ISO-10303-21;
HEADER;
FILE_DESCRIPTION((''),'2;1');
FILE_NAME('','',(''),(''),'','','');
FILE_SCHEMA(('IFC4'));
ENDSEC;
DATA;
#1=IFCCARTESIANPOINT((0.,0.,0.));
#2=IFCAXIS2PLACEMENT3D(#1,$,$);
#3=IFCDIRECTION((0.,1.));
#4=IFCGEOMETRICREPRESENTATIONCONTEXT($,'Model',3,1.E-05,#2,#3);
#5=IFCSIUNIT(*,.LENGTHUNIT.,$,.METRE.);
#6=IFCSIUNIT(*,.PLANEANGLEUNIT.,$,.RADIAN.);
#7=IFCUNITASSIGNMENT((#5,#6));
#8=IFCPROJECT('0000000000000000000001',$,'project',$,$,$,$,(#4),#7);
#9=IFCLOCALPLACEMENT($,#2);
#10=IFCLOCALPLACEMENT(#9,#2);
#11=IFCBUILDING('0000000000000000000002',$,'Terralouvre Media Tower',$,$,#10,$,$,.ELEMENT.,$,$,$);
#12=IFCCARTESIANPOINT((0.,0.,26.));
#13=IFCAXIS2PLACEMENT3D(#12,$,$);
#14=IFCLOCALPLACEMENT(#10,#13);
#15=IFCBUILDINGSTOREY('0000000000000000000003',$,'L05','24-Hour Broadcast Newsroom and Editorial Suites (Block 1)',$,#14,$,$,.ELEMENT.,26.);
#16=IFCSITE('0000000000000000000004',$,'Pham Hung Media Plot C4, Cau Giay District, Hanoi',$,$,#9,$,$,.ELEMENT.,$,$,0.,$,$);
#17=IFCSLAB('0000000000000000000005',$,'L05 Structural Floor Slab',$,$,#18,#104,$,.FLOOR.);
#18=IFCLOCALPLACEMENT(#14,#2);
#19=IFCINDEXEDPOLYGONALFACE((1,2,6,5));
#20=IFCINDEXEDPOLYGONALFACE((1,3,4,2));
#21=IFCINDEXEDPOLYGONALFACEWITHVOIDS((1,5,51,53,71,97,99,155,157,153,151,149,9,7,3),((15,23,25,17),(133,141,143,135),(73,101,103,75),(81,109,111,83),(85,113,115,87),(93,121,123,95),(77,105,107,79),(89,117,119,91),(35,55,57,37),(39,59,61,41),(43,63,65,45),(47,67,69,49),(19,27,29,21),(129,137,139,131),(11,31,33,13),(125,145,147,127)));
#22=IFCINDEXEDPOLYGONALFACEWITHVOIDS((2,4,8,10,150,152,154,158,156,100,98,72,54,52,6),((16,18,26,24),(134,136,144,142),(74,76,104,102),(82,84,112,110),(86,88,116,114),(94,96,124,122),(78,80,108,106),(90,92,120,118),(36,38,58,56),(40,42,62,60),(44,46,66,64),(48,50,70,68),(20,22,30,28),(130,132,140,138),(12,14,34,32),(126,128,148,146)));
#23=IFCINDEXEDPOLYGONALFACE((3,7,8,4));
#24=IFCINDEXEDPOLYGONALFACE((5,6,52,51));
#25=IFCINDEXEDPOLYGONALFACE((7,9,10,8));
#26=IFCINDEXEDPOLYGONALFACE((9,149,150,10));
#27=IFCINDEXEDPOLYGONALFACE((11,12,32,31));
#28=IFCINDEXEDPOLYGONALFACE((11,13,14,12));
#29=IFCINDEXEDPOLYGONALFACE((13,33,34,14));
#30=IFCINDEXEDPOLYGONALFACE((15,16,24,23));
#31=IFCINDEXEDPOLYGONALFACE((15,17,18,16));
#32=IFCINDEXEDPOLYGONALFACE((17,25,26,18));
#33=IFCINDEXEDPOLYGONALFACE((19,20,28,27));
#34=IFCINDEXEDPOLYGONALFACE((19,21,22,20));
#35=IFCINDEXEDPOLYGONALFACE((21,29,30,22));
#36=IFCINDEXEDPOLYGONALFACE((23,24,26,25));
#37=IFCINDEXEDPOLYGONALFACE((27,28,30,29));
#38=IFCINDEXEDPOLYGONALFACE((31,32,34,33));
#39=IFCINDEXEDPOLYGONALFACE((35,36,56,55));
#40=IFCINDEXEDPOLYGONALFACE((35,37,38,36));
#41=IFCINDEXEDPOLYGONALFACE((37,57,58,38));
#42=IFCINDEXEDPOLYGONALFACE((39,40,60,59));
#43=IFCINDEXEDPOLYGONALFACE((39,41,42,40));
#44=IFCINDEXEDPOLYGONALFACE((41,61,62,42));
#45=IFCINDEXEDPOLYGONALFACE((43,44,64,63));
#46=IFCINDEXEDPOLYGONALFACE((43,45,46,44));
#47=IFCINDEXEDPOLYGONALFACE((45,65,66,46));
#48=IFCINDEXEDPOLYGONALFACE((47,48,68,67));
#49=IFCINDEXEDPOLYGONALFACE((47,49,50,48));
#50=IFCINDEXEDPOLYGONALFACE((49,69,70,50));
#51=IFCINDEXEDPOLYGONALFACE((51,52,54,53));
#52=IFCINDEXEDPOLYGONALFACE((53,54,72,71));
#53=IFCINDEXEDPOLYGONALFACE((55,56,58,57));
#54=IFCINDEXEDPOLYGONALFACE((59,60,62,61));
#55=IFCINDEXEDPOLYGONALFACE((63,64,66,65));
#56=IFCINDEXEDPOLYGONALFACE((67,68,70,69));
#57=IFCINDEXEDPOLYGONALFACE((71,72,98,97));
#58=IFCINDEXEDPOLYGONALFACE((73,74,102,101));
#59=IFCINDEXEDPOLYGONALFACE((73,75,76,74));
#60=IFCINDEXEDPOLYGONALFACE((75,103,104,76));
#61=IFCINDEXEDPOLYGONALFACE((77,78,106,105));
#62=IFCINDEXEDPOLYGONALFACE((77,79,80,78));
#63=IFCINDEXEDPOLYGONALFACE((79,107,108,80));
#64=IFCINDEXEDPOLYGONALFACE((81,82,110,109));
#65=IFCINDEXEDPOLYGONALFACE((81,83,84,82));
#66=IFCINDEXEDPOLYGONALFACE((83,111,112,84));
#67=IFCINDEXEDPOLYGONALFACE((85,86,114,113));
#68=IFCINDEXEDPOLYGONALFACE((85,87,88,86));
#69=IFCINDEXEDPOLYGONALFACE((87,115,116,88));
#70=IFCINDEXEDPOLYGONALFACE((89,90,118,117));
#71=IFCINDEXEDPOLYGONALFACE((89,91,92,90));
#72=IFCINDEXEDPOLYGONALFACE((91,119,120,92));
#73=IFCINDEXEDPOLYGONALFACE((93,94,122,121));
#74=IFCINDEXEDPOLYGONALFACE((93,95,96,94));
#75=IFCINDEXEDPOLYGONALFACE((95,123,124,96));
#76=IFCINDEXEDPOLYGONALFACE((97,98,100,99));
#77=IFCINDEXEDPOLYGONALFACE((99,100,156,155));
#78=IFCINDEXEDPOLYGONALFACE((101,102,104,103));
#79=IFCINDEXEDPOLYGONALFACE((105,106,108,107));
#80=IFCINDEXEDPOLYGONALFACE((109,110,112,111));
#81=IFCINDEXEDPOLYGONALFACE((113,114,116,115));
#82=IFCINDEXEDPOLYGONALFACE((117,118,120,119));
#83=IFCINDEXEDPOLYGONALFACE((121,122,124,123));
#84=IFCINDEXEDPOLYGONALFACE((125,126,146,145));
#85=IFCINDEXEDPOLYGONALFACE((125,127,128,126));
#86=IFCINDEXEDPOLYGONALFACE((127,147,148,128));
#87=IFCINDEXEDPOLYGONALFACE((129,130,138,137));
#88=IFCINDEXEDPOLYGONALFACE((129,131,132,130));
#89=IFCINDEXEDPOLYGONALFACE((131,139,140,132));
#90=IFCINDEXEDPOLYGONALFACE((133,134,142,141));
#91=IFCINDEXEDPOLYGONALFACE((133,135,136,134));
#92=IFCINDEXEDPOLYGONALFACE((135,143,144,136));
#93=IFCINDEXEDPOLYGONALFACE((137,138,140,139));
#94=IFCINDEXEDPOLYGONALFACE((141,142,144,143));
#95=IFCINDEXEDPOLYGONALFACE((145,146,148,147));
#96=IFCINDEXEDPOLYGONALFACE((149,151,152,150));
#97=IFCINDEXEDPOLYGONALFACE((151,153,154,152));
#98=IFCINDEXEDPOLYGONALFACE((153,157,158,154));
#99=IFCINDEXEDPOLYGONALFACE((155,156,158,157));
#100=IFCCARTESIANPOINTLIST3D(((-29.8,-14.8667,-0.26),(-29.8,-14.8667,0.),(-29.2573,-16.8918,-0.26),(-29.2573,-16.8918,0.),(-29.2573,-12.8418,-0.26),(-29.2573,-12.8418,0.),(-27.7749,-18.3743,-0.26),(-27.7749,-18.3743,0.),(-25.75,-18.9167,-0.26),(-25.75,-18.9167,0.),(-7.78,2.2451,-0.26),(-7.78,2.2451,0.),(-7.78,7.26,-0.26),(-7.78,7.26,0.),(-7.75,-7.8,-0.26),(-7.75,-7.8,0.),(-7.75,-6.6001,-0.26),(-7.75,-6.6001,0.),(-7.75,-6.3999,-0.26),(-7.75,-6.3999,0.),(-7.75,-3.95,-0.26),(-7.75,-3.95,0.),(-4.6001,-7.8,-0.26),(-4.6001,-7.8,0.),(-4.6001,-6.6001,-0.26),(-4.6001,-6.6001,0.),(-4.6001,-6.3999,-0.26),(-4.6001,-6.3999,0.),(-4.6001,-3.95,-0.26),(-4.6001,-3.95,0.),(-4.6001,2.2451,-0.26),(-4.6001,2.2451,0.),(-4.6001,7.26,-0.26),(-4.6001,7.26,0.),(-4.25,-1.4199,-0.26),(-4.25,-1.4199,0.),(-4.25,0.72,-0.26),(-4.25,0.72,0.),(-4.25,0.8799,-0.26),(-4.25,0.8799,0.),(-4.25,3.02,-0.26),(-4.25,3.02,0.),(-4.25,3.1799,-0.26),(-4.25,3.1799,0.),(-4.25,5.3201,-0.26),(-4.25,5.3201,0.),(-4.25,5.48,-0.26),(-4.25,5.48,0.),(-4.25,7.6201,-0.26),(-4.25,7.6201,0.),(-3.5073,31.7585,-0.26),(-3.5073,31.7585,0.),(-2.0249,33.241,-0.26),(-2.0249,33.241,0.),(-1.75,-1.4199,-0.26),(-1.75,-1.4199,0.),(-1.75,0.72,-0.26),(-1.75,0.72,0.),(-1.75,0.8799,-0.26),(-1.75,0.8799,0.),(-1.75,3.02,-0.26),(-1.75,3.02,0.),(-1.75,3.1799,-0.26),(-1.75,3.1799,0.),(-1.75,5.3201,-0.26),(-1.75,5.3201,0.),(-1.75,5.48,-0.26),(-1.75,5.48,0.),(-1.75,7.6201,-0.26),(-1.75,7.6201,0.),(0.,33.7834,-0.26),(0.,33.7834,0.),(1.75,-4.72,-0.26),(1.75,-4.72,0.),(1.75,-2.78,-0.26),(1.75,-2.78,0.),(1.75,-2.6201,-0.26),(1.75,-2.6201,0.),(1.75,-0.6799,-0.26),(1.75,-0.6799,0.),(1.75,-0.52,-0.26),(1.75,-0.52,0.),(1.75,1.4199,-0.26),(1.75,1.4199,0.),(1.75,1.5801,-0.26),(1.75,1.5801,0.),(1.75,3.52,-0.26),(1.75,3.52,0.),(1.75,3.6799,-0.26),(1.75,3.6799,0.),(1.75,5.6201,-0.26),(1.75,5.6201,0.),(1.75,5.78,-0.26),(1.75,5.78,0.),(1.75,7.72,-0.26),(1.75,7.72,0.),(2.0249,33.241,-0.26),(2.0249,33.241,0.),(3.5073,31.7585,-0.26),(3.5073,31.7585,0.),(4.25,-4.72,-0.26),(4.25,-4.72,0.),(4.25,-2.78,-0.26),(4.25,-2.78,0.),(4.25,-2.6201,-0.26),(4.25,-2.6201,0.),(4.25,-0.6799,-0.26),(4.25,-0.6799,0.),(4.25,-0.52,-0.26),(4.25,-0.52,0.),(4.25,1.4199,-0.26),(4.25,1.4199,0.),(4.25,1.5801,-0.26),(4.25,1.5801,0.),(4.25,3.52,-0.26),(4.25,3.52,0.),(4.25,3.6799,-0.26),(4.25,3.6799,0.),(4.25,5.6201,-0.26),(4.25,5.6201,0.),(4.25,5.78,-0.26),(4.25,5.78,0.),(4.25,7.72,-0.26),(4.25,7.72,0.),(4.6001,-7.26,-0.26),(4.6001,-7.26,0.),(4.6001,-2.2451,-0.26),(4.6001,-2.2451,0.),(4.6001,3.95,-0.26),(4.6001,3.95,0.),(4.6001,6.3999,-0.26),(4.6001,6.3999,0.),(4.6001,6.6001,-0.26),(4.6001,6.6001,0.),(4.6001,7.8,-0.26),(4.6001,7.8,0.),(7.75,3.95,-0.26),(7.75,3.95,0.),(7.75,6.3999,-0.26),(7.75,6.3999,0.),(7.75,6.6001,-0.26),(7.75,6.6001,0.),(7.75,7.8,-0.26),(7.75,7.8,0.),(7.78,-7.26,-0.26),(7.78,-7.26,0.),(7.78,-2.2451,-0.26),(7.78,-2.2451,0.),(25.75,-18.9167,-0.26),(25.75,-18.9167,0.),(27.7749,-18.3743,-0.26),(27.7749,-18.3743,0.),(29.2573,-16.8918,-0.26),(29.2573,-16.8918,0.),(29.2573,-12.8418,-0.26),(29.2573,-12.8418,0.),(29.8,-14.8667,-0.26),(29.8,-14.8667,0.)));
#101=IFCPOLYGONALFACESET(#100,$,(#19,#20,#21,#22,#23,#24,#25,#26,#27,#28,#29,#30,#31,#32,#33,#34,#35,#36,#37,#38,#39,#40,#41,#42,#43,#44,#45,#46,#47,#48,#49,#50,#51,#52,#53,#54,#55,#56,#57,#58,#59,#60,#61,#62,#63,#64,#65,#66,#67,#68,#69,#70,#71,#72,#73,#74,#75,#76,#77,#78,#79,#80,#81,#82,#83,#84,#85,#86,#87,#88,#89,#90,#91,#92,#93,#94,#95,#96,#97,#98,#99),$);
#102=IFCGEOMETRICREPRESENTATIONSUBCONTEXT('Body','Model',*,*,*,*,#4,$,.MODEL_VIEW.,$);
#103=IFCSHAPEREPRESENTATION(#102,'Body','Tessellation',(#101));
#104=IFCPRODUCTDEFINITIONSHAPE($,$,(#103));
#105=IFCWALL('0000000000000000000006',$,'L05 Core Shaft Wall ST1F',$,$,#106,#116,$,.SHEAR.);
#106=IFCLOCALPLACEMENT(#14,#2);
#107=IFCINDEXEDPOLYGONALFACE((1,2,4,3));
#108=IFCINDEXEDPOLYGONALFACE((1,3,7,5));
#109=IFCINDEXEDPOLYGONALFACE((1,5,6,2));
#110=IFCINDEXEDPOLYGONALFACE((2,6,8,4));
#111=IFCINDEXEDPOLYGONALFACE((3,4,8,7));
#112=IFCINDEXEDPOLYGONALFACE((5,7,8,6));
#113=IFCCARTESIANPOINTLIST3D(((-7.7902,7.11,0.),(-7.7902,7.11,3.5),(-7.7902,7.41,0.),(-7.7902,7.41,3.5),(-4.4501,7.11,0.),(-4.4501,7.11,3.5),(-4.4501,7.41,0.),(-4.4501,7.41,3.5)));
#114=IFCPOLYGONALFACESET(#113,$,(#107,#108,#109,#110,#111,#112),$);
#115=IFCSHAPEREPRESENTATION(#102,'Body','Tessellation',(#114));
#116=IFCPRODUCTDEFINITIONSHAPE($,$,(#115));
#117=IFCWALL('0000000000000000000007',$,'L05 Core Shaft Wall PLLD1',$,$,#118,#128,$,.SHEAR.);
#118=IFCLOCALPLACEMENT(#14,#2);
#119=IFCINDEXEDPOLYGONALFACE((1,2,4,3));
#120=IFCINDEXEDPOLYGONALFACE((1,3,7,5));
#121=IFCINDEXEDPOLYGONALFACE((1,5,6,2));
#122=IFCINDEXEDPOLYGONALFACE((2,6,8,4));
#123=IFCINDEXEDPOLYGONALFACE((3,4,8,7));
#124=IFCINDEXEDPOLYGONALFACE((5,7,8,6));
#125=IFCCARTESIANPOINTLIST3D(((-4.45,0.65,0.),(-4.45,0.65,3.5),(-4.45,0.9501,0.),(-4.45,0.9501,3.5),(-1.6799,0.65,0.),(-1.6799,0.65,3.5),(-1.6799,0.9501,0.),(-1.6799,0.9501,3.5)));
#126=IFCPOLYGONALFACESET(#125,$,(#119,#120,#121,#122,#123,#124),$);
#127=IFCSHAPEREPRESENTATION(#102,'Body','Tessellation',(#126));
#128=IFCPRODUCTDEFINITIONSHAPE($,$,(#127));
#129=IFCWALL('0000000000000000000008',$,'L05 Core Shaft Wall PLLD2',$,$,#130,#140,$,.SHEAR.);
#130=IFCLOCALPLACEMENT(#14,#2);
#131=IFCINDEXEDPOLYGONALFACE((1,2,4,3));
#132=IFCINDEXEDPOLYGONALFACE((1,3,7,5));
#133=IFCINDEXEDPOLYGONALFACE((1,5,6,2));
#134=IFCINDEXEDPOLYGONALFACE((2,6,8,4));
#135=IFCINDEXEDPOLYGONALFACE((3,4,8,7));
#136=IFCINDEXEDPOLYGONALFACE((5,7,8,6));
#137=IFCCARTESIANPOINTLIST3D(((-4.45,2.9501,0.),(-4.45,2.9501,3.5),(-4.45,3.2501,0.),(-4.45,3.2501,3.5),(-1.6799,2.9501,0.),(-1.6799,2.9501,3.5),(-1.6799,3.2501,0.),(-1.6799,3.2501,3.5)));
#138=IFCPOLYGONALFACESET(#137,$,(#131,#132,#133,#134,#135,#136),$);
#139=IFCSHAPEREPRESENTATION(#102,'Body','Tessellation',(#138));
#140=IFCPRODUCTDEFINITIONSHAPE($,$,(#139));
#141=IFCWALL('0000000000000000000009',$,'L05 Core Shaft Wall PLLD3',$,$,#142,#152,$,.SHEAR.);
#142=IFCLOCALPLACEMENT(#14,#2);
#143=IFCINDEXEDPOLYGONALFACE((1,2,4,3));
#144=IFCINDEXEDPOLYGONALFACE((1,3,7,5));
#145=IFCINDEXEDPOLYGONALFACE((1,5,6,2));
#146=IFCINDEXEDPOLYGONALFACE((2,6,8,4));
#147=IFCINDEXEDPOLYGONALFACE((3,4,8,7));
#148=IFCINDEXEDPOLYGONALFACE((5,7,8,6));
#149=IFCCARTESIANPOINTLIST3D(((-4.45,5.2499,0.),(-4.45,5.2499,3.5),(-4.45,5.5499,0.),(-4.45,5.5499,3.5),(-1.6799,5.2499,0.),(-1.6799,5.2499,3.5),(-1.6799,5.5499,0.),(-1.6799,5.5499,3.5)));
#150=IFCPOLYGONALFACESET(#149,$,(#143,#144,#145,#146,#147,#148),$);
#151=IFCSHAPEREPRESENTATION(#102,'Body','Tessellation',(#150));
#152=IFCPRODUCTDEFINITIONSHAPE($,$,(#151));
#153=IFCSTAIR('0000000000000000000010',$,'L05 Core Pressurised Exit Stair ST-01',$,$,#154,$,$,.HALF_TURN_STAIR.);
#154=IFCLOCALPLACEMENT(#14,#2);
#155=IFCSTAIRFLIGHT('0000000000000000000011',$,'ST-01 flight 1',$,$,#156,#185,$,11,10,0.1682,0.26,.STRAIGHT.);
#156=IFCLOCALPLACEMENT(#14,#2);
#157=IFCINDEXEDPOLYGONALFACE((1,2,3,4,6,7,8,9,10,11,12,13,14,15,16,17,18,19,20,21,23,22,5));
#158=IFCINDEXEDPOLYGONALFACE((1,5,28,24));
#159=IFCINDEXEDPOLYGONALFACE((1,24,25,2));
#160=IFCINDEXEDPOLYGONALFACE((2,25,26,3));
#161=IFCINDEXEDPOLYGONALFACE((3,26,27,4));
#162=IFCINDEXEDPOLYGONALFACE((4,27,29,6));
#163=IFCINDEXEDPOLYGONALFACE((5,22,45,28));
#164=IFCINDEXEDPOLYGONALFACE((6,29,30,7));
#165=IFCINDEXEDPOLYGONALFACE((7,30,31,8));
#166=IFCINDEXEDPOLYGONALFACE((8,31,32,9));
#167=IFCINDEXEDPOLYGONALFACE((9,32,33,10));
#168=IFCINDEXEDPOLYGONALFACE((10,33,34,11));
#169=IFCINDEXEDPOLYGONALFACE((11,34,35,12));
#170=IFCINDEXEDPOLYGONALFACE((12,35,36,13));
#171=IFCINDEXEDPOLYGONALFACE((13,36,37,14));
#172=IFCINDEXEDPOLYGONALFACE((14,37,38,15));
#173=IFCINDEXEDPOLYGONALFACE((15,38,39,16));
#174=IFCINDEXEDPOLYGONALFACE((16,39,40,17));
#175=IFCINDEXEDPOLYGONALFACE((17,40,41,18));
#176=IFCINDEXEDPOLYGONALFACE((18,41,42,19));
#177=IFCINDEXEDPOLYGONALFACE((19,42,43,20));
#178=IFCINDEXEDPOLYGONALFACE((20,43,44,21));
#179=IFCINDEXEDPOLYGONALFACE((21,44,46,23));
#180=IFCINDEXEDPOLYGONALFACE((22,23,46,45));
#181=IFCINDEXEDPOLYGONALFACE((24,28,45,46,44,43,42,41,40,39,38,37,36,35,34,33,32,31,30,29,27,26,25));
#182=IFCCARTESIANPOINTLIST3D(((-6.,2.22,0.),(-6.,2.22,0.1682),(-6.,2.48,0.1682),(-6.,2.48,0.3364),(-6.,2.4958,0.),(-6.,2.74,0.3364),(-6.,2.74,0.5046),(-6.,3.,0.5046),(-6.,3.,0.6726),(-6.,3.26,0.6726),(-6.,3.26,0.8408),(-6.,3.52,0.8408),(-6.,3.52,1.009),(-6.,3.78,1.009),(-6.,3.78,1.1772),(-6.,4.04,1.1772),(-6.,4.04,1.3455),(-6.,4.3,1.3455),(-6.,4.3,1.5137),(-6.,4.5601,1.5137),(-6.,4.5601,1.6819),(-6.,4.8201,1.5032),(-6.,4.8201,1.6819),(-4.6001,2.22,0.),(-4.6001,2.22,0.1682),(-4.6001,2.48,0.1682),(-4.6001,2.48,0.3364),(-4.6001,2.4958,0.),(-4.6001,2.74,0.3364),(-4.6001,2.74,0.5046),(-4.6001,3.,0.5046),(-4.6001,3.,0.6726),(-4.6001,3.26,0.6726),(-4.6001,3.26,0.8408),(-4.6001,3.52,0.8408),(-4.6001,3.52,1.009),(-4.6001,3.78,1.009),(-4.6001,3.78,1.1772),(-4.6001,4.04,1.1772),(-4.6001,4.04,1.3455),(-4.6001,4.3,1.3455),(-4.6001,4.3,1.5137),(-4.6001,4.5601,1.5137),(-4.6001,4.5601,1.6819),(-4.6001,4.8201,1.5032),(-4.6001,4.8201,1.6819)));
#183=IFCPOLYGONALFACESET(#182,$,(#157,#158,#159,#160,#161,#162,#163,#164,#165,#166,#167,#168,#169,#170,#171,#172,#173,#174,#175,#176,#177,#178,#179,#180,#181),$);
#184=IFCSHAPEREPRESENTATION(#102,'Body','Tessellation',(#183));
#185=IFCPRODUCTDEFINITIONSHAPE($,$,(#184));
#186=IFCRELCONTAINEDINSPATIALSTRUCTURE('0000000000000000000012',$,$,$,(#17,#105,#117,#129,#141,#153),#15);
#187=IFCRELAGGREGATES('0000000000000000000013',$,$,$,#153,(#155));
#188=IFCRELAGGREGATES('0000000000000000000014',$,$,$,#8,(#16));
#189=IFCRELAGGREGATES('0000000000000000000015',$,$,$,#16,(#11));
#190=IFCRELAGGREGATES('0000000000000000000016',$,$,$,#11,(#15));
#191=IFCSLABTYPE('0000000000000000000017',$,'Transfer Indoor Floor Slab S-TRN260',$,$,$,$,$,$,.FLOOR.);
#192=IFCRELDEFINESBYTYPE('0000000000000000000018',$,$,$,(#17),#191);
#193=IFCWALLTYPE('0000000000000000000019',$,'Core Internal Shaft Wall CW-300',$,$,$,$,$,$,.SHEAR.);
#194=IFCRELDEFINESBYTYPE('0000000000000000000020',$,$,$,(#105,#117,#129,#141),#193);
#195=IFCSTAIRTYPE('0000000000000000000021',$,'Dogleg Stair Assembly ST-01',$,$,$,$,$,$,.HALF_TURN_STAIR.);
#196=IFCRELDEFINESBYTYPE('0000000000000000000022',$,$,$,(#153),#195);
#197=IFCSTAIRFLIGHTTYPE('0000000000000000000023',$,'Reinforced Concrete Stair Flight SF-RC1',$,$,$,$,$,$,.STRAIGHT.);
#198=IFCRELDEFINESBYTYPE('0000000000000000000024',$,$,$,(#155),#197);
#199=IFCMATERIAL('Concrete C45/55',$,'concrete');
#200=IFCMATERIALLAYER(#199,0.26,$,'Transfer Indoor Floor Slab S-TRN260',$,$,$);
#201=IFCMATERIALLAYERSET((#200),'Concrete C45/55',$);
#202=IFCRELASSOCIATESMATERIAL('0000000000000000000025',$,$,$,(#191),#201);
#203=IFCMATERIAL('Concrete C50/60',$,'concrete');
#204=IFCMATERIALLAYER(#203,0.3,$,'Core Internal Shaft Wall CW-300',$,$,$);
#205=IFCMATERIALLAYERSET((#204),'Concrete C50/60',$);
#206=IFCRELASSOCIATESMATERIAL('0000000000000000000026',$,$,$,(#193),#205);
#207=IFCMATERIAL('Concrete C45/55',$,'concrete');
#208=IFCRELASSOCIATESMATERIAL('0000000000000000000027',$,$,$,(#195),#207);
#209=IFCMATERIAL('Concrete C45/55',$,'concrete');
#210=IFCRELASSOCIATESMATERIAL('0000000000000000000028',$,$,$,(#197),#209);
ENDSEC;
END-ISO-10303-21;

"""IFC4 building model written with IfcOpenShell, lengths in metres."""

from ifc_helpers import new_model, si_unit, direction, frame, frame_2d, origin, place, context, subcontext, project, spatial, polyline, rectangle, outline, extrude, material, layer, layer_set, type_object, element, aggregate, save


model = new_model("IFC4")

# Units and contexts
model_context = context("Model", 3, precision=1e-05, world=origin(), true_north=direction((0.0, 1.0)))
body_context = subcontext(model_context, "Body", "Model", "MODEL_VIEW")
ifc_project = project(units=[si_unit("LENGTHUNIT", "METRE"), si_unit("PLANEANGLEUNIT", "RADIAN")], contexts=[model_context])

# Site, building, storey
site_placement = place(None, origin())
site = spatial("IfcSite", under=ifc_project, at=site_placement, Name="Pham Hung Media Plot C4, Cau Giay District, Hanoi", CompositionType="ELEMENT", RefElevation=0.0)
building_placement = place(site_placement, origin())
building = spatial("IfcBuilding", under=site, at=building_placement, Name="Terralouvre Media Tower", CompositionType="ELEMENT")
storey_placement = place(building_placement, frame((0.0, 0.0, 26.0)))
storey = spatial("IfcBuildingStorey", under=building, at=storey_placement, Name="L05", Description="24-Hour Broadcast Newsroom and Editorial Suites (Block 1)", CompositionType="ELEMENT", Elevation=26.0)

# Slab
ifc_material_1 = material(Name="Concrete C45/55", Category="concrete")
ifc_layer_1 = layer(ifc_material_1, 0.26, Name="Transfer Indoor Floor Slab S-TRN260")
ifc_layer_set_1 = layer_set([ifc_layer_1], Name="Concrete C45/55")
slab_type_1 = type_object("IfcSlabType", Name="Transfer Indoor Floor Slab S-TRN260", PredefinedType="FLOOR", material=ifc_layer_set_1)
slab_1_placement = place(storey_placement, frame((0.0, 0.0, -0.26)))
element("IfcSlab", 1, at=slab_1_placement, inside=storey, type_object=slab_type_1, Name="L05 Structural Floor Slab", PredefinedType="FLOOR", context=body_context, shape_type="SweptSolid", body=[
    extrude(outline(polyline([(-29.2573, -12.8418), (-29.8, -14.8667), (-29.2573, -16.8918), (-27.7749, -18.3743), (-25.75, -18.9167), (25.75, -18.9167), (27.7749, -18.3743), (29.2573, -16.8918), (29.8, -14.8667), (29.2573, -12.8418), (3.5073, 31.7585), (2.0249, 33.241), (0.0, 33.7834), (-2.0249, 33.241), (-3.5073, 31.7585), (-29.2573, -12.8418)]), holes=[polyline([(-4.6001, -7.8), (-7.75, -7.8), (-7.75, -6.6001), (-4.6001, -6.6001), (-4.6001, -7.8)]), polyline([(-4.6001, -6.3999), (-7.75, -6.3999), (-7.75, -3.95), (-4.6001, -3.95), (-4.6001, -6.3999)]), polyline([(-1.75, -1.4199), (-4.25, -1.4199), (-4.25, 0.72), (-1.75, 0.72), (-1.75, -1.4199)]), polyline([(-1.75, 0.8799), (-4.25, 0.8799), (-4.25, 3.02), (-1.75, 3.02), (-1.75, 0.8799)]), polyline([(4.25, 1.5801), (1.75, 1.5801), (1.75, 3.52), (4.25, 3.52), (4.25, 1.5801)]), polyline([(-1.75, 3.1799), (-4.25, 3.1799), (-4.25, 5.3201), (-1.75, 5.3201), (-1.75, 3.1799)]), polyline([(-4.6001, 2.2451), (-7.78, 2.2451), (-7.78, 7.26), (-4.6001, 7.26), (-4.6001, 2.2451)]), polyline([(-1.75, 5.48), (-4.25, 5.48), (-4.25, 7.6201), (-1.75, 7.6201), (-1.75, 5.48)]), polyline([(4.6001, -2.2451), (7.78, -2.2451), (7.78, -7.26), (4.6001, -7.26), (4.6001, -2.2451)]), polyline([(4.25, -4.72), (1.75, -4.72), (1.75, -2.78), (4.25, -2.78), (4.25, -4.72)]), polyline([(4.25, -2.6201), (1.75, -2.6201), (1.75, -0.6799), (4.25, -0.6799), (4.25, -2.6201)]), polyline([(4.25, -0.52), (1.75, -0.52), (1.75, 1.4199), (4.25, 1.4199), (4.25, -0.52)]), polyline([(4.25, 3.6799), (1.75, 3.6799), (1.75, 5.6201), (4.25, 5.6201), (4.25, 3.6799)]), polyline([(7.75, 3.95), (4.6001, 3.95), (4.6001, 6.3999), (7.75, 6.3999), (7.75, 3.95)]), polyline([(4.25, 5.78), (1.75, 5.78), (1.75, 7.72), (4.25, 7.72), (4.25, 5.78)]), polyline([(7.75, 6.6001), (4.6001, 6.6001), (4.6001, 7.8), (7.75, 7.8), (7.75, 6.6001)])]), origin(), (0.0, 0.0, 1.0), 0.26),
])

# Shared definitions
ifc_material_2 = material(Name="Concrete C50/60", Category="concrete")
ifc_layer_2 = layer(ifc_material_2, 0.3, Name="Core Internal Shaft Wall CW-300")
ifc_layer_set_2 = layer_set([ifc_layer_2], Name="Concrete C50/60")
wall_type = type_object("IfcWallType", Name="Core Internal Shaft Wall CW-300", PredefinedType="SHEAR", material=ifc_layer_set_2)

# Walls
wall_1_placement = place(storey_placement, frame((-7.79, 7.26, 0.0), z_axis=(0.0, 0.0, 1.0), x_axis=(1.0, 0.0, 0.0)))
element("IfcWall", 2, at=wall_1_placement, inside=storey, type_object=wall_type, Name="L05 Core Shaft Wall ST1F", PredefinedType="SHEAR", context=body_context, shape_type="SweptSolid", body=[
    extrude(rectangle(XDim=3.3401, YDim=0.3, at=frame_2d((1.6699, 0.0))), origin(), (0.0, 0.0, 1.0), 3.5),
])
for number, where, z_axis, x_axis, name in (
    (3, (-4.45, 0.8, 0.0), (0.0, 0.0, 1.0), (1.0, 0.0, 0.0), "L05 Core Shaft Wall PLLD1"),
    (4, (-4.45, 3.1001, 0.0), (0.0, 0.0, 1.0), (1.0, 0.0, 0.0), "L05 Core Shaft Wall PLLD2"),
    (5, (-4.45, 5.3999, 0.0), (0.0, 0.0, 1.0), (1.0, 0.0, 0.0), "L05 Core Shaft Wall PLLD3"),
):
    element("IfcWall", number, at=place(storey_placement, frame(where, z_axis=z_axis, x_axis=x_axis)), inside=storey, type_object=wall_type, Name=name, PredefinedType="SHEAR", context=body_context, shape_type="SweptSolid", body=[
        extrude(rectangle(XDim=2.77, YDim=0.3, at=frame_2d((1.385, 0.0))), origin(), (0.0, 0.0, 1.0), 3.5),
    ])

# Stair, stair flight
ifc_material_3 = material(Name="Concrete C45/55", Category="concrete")
stair_type = type_object("IfcStairType", Name="Dogleg Stair Assembly ST-01", PredefinedType="HALF_TURN_STAIR", material=ifc_material_3)
stair_placement = place(storey_placement, origin())
stair = element("IfcStair", 6, at=stair_placement, inside=storey, type_object=stair_type, Name="L05 Core Pressurised Exit Stair ST-01", PredefinedType="HALF_TURN_STAIR")
ifc_material_4 = material(Name="Concrete C45/55", Category="concrete")
stair_flight_type = type_object("IfcStairFlightType", Name="Reinforced Concrete Stair Flight SF-RC1", PredefinedType="STRAIGHT", material=ifc_material_4)
stair_flight_1_placement = place(storey_placement, frame((-5.3, 2.22, 0.0), z_axis=(0.0, 0.0, 1.0), x_axis=(0.0, 1.0, 0.0)))
stair_flight_1 = element("IfcStairFlight", 7, at=stair_flight_1_placement, type_object=stair_flight_type, Name="ST-01 flight 1", NumberOfRisers=11, NumberOfTreads=10, PredefinedType="STRAIGHT", RiserHeight=0.1682, TreadLength=0.26, context=body_context, shape_type="SweptSolid", body=[
    extrude(outline(polyline([(0.0, 0.0), (0.0, 0.1682), (0.26, 0.1682), (0.26, 0.3364), (0.52, 0.3364), (0.52, 0.5046), (0.78, 0.5046), (0.78, 0.6726), (1.04, 0.6726), (1.04, 0.8408), (1.3, 0.8408), (1.3, 1.009), (1.5601, 1.009), (1.5601, 1.1772), (1.8201, 1.1772), (1.8201, 1.3455), (2.0801, 1.3455), (2.0801, 1.5137), (2.3401, 1.5137), (2.3401, 1.6819), (2.6001, 1.6819), (2.6001, 1.8501), (2.6001, 1.5032), (0.2759, 0.0), (0.0, 0.0)])), frame((0.0, 0.7, 0.0), z_axis=(0.0, -1.0, 0.0), x_axis=(1.0, 0.0, 0.0)), (0.0, 0.0, 1.0), 1.3999),
])
aggregate(stair, [stair_flight_1])

save(model, "model.ifc")
